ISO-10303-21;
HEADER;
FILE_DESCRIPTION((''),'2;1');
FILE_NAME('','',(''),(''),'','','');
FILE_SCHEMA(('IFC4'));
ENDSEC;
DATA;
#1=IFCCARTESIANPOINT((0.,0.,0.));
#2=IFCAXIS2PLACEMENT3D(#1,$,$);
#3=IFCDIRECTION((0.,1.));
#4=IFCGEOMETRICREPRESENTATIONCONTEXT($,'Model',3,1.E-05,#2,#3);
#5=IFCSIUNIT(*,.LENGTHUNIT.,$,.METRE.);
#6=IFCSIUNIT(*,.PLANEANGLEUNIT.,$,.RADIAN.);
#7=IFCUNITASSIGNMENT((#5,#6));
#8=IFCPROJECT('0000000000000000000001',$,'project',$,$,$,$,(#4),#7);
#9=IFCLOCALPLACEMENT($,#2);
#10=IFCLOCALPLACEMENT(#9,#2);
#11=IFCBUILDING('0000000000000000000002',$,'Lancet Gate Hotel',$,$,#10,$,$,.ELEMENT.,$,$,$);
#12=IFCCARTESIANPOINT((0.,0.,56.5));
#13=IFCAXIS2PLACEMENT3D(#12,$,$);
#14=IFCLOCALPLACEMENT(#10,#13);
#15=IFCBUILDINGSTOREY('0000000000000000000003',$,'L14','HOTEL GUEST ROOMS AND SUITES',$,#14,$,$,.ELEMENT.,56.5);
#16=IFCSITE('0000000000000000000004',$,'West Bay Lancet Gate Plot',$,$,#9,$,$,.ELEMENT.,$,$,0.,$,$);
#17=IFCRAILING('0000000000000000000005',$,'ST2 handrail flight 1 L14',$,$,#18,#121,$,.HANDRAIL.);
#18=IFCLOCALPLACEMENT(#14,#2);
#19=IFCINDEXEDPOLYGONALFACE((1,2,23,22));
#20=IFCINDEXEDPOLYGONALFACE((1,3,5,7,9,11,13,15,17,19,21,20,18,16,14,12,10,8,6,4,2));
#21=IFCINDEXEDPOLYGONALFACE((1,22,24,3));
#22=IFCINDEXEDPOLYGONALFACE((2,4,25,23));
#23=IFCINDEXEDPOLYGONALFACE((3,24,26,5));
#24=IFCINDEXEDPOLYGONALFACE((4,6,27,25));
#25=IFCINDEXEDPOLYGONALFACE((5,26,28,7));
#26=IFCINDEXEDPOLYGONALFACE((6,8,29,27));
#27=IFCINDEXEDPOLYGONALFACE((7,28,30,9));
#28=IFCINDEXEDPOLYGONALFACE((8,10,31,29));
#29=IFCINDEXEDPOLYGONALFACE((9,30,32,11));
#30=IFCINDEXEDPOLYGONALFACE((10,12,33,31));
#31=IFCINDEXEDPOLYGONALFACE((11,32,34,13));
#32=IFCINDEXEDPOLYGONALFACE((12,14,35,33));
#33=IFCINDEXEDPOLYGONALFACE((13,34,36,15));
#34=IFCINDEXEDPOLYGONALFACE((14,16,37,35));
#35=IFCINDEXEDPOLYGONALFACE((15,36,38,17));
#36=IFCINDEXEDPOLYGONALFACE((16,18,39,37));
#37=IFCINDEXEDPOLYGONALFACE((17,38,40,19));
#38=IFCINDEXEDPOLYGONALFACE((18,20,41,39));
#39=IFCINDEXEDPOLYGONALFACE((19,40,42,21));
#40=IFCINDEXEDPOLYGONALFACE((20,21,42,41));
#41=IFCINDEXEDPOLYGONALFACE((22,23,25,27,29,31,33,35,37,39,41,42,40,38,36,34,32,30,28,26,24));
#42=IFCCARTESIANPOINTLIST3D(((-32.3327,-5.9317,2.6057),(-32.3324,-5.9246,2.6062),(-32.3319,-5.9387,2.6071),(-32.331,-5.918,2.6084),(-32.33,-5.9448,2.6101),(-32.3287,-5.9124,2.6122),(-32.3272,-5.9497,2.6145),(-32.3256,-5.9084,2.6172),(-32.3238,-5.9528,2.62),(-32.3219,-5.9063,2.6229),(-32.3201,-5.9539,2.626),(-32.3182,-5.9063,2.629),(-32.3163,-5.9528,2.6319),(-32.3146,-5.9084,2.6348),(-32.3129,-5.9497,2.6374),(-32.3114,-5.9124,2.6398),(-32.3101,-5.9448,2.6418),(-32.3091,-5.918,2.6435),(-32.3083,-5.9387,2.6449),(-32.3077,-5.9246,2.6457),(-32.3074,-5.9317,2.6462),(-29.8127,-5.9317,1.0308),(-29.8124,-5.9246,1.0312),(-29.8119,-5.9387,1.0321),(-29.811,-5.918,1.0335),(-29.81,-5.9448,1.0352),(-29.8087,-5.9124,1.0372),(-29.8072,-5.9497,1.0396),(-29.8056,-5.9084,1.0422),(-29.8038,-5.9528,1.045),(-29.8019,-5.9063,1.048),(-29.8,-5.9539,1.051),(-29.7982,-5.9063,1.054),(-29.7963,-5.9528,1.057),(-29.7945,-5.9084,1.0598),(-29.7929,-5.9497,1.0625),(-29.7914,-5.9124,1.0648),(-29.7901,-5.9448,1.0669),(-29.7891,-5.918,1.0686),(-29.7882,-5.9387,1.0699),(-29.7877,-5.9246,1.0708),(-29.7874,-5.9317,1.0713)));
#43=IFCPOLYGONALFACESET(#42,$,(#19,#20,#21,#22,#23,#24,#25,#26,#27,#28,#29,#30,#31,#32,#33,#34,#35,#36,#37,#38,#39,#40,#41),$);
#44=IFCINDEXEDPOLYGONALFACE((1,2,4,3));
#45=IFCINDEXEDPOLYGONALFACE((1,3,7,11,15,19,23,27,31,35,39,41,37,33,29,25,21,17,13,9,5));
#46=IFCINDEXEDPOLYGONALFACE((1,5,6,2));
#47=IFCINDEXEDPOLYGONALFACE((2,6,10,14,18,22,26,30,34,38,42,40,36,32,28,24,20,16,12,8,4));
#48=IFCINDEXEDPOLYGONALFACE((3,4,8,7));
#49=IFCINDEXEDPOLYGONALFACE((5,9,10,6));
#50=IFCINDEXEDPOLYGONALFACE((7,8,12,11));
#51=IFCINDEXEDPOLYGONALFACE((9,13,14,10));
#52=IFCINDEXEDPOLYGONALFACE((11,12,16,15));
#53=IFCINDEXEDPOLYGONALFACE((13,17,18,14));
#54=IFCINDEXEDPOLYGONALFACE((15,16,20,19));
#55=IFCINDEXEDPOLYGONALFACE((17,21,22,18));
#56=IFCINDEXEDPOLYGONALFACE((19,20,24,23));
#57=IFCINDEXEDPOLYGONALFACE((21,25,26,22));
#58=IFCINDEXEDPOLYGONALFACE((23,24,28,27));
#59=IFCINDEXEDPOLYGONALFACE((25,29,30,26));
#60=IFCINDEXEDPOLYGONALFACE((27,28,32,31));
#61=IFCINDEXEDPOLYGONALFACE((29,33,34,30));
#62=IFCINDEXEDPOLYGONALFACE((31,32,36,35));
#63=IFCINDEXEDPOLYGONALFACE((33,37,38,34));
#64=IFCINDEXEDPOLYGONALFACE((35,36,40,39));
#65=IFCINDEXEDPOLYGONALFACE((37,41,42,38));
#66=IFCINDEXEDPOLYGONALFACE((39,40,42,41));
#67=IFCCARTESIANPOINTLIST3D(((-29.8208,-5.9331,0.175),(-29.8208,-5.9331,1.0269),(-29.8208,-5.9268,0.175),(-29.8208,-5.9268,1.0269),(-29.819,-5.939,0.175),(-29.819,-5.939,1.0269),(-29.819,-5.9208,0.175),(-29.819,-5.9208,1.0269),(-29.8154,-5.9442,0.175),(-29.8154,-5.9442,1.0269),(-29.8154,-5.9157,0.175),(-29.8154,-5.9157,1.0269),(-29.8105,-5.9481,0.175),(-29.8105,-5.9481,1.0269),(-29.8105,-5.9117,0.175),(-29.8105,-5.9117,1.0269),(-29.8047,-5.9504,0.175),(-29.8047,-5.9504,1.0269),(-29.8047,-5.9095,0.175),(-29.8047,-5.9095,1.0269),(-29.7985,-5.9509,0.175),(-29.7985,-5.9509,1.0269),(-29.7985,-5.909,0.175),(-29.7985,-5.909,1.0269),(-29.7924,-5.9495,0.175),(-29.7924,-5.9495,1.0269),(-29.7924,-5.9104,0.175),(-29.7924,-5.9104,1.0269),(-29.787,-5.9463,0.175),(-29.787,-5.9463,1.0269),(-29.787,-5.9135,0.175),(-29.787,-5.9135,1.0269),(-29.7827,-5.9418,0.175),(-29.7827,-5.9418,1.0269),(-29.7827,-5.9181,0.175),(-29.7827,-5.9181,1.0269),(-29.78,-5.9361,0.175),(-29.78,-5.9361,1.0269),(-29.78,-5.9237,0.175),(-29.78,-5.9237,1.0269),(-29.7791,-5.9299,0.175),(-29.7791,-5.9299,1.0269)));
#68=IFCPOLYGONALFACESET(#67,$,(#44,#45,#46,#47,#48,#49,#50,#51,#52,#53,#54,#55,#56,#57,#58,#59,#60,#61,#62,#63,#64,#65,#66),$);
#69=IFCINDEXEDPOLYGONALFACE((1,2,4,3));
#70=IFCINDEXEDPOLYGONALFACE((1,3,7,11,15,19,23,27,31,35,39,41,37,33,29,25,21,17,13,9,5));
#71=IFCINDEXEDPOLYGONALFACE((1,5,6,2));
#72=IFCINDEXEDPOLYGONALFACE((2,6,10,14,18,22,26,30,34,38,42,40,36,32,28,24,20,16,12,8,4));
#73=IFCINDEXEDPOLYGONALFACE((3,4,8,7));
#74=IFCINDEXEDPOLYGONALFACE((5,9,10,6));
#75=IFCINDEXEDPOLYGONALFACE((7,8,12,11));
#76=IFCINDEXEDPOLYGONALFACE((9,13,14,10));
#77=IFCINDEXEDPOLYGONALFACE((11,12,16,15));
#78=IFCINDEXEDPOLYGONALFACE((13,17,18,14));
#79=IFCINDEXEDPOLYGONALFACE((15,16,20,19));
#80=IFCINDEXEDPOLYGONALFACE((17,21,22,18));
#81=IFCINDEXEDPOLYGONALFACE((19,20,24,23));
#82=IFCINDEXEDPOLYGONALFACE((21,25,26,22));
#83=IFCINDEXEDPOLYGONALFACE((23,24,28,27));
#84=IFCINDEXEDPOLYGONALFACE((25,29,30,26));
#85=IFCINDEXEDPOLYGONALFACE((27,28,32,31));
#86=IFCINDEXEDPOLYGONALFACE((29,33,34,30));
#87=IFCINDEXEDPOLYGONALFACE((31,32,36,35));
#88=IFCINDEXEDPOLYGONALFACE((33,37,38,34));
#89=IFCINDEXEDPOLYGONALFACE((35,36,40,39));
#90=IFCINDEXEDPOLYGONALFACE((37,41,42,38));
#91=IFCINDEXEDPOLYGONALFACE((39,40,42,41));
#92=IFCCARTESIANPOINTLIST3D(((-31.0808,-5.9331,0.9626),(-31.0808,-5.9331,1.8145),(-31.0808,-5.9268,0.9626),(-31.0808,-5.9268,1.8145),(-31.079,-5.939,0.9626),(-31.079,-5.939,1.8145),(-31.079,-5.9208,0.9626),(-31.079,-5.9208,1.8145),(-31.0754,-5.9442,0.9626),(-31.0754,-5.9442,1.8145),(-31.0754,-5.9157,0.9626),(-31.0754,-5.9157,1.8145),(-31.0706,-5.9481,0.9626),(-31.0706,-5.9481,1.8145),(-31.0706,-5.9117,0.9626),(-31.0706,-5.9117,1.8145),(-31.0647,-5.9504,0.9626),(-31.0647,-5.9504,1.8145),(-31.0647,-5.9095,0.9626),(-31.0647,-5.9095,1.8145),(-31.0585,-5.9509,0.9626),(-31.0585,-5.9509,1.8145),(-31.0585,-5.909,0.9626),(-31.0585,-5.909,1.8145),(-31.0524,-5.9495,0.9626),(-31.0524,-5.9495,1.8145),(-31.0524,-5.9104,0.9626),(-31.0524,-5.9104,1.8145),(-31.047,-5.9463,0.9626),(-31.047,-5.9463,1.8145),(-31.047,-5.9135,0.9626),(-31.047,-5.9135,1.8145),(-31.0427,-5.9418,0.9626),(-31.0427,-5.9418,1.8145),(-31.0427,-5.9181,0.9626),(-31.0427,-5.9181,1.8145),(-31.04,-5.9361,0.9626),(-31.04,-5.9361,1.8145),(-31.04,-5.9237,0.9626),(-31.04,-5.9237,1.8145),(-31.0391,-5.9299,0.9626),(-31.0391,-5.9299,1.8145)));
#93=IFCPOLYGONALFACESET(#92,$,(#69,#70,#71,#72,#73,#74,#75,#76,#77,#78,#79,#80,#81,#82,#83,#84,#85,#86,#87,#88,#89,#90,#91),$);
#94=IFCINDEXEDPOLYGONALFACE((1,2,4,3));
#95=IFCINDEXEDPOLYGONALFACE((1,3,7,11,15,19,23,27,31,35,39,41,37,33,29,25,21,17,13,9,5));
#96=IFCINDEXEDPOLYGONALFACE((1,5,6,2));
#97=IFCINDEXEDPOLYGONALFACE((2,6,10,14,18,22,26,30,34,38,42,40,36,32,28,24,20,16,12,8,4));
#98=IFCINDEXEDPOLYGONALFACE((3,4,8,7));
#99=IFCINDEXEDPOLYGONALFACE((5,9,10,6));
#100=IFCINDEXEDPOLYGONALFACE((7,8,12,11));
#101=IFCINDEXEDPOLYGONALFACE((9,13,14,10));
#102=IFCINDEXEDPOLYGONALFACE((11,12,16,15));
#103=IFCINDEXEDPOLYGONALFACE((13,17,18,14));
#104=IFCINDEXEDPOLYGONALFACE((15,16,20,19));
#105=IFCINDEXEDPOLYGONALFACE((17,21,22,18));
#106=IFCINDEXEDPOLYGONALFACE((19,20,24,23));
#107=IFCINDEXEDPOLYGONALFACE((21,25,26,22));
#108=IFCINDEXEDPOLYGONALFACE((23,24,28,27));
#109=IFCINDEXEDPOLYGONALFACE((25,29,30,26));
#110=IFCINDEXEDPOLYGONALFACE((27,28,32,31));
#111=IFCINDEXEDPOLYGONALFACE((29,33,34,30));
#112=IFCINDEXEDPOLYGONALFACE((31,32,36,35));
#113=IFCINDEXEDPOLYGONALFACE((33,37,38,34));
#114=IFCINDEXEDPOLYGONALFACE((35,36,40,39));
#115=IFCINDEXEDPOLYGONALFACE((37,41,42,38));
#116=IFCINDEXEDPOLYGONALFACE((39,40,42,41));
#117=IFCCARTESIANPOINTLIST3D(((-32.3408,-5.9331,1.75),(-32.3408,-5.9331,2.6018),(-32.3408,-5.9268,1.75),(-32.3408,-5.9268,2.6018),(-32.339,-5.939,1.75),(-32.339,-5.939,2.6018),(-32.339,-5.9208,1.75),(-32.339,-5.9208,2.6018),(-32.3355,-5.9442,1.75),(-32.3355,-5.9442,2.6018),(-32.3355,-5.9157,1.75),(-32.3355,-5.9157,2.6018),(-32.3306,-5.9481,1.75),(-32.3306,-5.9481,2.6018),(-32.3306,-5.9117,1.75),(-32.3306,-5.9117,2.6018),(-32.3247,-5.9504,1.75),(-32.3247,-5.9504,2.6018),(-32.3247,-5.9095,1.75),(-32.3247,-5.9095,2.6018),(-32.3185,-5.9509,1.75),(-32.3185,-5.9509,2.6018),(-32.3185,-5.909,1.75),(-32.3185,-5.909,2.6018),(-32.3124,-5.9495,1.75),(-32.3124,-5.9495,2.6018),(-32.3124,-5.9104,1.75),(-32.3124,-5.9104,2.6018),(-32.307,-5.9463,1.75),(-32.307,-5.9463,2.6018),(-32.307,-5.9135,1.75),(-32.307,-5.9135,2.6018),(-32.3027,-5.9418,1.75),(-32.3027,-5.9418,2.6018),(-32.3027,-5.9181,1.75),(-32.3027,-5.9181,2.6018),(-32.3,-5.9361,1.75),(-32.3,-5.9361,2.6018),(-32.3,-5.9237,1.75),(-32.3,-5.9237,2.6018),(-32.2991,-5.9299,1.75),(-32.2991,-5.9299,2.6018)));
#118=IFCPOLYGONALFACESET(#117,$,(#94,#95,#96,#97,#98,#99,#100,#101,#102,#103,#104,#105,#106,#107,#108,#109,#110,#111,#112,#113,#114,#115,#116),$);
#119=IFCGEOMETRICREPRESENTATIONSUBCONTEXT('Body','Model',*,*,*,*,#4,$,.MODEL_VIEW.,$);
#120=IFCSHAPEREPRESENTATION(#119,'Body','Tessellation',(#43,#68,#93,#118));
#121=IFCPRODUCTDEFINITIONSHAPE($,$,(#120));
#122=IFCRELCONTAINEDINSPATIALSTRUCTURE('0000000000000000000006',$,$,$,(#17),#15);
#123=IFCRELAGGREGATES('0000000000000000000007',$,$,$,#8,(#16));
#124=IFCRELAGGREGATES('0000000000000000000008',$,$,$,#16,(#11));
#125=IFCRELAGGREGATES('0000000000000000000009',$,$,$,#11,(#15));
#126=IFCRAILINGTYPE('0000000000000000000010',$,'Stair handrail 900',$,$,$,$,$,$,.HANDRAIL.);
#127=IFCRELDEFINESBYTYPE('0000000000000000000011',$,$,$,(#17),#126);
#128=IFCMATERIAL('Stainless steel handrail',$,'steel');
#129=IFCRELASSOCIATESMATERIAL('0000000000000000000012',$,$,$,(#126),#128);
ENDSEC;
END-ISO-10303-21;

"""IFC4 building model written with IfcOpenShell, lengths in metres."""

from ifc_helpers import new_model, si_unit, direction, frame, origin, origin_2d, place, context, subcontext, project, spatial, circle, extrude, material, type_object, element, save


model = new_model("IFC4")

# Units and contexts
model_context = context("Model", 3, precision=1e-05, world=origin(), true_north=direction((0.0, 1.0)))
body_context = subcontext(model_context, "Body", "Model", "MODEL_VIEW")
ifc_project = project(units=[si_unit("LENGTHUNIT", "METRE"), si_unit("PLANEANGLEUNIT", "RADIAN")], contexts=[model_context])

# Site, building, storey
site_placement = place(None, origin())
site = spatial("IfcSite", under=ifc_project, at=site_placement, Name="West Bay Lancet Gate Plot", CompositionType="ELEMENT", RefElevation=0.0)
building_placement = place(site_placement, origin())
building = spatial("IfcBuilding", under=site, at=building_placement, Name="Lancet Gate Hotel", CompositionType="ELEMENT")
storey_placement = place(building_placement, frame((0.0, 0.0, 56.5)))
storey = spatial("IfcBuildingStorey", under=building, at=storey_placement, Name="L14", Description="HOTEL GUEST ROOMS AND SUITES", CompositionType="ELEMENT", Elevation=56.5)

# Railing
ifc_material_1 = material(Name="Stainless steel handrail", Category="steel")
railing_type = type_object("IfcRailingType", Name="Stair handrail 900", PredefinedType="HANDRAIL", material=ifc_material_1)
railing_1_placement = place(storey_placement, frame((-29.8, -5.9299, 0.175)))
element("IfcRailing", 1, at=railing_1_placement, inside=storey, type_object=railing_type, Name="ST2 handrail flight 1 L14", PredefinedType="HANDRAIL", context=body_context, shape_type="SweptSolid", body=[
    extrude(circle(Radius=0.0239, at=origin_2d()), frame((0.0, 0.0, 0.876), z_axis=(-0.848008, 0.0, 0.529984), x_axis=(0.0, -1.0, 0.0)), (0.0, 0.0, 1.0), 2.9717),
    extrude(circle(Radius=0.021, at=origin_2d()), origin(), (0.0, 0.0, 1.0), 0.8518),
    extrude(circle(Radius=0.021, at=origin_2d()), frame((-1.26, 0.0, 0.7876)), (0.0, 0.0, 1.0), 0.8518),
    extrude(circle(Radius=0.021, at=origin_2d()), frame((-2.52, 0.0, 1.575)), (0.0, 0.0, 1.0), 0.8518),
])

save(model, "model.ifc")
